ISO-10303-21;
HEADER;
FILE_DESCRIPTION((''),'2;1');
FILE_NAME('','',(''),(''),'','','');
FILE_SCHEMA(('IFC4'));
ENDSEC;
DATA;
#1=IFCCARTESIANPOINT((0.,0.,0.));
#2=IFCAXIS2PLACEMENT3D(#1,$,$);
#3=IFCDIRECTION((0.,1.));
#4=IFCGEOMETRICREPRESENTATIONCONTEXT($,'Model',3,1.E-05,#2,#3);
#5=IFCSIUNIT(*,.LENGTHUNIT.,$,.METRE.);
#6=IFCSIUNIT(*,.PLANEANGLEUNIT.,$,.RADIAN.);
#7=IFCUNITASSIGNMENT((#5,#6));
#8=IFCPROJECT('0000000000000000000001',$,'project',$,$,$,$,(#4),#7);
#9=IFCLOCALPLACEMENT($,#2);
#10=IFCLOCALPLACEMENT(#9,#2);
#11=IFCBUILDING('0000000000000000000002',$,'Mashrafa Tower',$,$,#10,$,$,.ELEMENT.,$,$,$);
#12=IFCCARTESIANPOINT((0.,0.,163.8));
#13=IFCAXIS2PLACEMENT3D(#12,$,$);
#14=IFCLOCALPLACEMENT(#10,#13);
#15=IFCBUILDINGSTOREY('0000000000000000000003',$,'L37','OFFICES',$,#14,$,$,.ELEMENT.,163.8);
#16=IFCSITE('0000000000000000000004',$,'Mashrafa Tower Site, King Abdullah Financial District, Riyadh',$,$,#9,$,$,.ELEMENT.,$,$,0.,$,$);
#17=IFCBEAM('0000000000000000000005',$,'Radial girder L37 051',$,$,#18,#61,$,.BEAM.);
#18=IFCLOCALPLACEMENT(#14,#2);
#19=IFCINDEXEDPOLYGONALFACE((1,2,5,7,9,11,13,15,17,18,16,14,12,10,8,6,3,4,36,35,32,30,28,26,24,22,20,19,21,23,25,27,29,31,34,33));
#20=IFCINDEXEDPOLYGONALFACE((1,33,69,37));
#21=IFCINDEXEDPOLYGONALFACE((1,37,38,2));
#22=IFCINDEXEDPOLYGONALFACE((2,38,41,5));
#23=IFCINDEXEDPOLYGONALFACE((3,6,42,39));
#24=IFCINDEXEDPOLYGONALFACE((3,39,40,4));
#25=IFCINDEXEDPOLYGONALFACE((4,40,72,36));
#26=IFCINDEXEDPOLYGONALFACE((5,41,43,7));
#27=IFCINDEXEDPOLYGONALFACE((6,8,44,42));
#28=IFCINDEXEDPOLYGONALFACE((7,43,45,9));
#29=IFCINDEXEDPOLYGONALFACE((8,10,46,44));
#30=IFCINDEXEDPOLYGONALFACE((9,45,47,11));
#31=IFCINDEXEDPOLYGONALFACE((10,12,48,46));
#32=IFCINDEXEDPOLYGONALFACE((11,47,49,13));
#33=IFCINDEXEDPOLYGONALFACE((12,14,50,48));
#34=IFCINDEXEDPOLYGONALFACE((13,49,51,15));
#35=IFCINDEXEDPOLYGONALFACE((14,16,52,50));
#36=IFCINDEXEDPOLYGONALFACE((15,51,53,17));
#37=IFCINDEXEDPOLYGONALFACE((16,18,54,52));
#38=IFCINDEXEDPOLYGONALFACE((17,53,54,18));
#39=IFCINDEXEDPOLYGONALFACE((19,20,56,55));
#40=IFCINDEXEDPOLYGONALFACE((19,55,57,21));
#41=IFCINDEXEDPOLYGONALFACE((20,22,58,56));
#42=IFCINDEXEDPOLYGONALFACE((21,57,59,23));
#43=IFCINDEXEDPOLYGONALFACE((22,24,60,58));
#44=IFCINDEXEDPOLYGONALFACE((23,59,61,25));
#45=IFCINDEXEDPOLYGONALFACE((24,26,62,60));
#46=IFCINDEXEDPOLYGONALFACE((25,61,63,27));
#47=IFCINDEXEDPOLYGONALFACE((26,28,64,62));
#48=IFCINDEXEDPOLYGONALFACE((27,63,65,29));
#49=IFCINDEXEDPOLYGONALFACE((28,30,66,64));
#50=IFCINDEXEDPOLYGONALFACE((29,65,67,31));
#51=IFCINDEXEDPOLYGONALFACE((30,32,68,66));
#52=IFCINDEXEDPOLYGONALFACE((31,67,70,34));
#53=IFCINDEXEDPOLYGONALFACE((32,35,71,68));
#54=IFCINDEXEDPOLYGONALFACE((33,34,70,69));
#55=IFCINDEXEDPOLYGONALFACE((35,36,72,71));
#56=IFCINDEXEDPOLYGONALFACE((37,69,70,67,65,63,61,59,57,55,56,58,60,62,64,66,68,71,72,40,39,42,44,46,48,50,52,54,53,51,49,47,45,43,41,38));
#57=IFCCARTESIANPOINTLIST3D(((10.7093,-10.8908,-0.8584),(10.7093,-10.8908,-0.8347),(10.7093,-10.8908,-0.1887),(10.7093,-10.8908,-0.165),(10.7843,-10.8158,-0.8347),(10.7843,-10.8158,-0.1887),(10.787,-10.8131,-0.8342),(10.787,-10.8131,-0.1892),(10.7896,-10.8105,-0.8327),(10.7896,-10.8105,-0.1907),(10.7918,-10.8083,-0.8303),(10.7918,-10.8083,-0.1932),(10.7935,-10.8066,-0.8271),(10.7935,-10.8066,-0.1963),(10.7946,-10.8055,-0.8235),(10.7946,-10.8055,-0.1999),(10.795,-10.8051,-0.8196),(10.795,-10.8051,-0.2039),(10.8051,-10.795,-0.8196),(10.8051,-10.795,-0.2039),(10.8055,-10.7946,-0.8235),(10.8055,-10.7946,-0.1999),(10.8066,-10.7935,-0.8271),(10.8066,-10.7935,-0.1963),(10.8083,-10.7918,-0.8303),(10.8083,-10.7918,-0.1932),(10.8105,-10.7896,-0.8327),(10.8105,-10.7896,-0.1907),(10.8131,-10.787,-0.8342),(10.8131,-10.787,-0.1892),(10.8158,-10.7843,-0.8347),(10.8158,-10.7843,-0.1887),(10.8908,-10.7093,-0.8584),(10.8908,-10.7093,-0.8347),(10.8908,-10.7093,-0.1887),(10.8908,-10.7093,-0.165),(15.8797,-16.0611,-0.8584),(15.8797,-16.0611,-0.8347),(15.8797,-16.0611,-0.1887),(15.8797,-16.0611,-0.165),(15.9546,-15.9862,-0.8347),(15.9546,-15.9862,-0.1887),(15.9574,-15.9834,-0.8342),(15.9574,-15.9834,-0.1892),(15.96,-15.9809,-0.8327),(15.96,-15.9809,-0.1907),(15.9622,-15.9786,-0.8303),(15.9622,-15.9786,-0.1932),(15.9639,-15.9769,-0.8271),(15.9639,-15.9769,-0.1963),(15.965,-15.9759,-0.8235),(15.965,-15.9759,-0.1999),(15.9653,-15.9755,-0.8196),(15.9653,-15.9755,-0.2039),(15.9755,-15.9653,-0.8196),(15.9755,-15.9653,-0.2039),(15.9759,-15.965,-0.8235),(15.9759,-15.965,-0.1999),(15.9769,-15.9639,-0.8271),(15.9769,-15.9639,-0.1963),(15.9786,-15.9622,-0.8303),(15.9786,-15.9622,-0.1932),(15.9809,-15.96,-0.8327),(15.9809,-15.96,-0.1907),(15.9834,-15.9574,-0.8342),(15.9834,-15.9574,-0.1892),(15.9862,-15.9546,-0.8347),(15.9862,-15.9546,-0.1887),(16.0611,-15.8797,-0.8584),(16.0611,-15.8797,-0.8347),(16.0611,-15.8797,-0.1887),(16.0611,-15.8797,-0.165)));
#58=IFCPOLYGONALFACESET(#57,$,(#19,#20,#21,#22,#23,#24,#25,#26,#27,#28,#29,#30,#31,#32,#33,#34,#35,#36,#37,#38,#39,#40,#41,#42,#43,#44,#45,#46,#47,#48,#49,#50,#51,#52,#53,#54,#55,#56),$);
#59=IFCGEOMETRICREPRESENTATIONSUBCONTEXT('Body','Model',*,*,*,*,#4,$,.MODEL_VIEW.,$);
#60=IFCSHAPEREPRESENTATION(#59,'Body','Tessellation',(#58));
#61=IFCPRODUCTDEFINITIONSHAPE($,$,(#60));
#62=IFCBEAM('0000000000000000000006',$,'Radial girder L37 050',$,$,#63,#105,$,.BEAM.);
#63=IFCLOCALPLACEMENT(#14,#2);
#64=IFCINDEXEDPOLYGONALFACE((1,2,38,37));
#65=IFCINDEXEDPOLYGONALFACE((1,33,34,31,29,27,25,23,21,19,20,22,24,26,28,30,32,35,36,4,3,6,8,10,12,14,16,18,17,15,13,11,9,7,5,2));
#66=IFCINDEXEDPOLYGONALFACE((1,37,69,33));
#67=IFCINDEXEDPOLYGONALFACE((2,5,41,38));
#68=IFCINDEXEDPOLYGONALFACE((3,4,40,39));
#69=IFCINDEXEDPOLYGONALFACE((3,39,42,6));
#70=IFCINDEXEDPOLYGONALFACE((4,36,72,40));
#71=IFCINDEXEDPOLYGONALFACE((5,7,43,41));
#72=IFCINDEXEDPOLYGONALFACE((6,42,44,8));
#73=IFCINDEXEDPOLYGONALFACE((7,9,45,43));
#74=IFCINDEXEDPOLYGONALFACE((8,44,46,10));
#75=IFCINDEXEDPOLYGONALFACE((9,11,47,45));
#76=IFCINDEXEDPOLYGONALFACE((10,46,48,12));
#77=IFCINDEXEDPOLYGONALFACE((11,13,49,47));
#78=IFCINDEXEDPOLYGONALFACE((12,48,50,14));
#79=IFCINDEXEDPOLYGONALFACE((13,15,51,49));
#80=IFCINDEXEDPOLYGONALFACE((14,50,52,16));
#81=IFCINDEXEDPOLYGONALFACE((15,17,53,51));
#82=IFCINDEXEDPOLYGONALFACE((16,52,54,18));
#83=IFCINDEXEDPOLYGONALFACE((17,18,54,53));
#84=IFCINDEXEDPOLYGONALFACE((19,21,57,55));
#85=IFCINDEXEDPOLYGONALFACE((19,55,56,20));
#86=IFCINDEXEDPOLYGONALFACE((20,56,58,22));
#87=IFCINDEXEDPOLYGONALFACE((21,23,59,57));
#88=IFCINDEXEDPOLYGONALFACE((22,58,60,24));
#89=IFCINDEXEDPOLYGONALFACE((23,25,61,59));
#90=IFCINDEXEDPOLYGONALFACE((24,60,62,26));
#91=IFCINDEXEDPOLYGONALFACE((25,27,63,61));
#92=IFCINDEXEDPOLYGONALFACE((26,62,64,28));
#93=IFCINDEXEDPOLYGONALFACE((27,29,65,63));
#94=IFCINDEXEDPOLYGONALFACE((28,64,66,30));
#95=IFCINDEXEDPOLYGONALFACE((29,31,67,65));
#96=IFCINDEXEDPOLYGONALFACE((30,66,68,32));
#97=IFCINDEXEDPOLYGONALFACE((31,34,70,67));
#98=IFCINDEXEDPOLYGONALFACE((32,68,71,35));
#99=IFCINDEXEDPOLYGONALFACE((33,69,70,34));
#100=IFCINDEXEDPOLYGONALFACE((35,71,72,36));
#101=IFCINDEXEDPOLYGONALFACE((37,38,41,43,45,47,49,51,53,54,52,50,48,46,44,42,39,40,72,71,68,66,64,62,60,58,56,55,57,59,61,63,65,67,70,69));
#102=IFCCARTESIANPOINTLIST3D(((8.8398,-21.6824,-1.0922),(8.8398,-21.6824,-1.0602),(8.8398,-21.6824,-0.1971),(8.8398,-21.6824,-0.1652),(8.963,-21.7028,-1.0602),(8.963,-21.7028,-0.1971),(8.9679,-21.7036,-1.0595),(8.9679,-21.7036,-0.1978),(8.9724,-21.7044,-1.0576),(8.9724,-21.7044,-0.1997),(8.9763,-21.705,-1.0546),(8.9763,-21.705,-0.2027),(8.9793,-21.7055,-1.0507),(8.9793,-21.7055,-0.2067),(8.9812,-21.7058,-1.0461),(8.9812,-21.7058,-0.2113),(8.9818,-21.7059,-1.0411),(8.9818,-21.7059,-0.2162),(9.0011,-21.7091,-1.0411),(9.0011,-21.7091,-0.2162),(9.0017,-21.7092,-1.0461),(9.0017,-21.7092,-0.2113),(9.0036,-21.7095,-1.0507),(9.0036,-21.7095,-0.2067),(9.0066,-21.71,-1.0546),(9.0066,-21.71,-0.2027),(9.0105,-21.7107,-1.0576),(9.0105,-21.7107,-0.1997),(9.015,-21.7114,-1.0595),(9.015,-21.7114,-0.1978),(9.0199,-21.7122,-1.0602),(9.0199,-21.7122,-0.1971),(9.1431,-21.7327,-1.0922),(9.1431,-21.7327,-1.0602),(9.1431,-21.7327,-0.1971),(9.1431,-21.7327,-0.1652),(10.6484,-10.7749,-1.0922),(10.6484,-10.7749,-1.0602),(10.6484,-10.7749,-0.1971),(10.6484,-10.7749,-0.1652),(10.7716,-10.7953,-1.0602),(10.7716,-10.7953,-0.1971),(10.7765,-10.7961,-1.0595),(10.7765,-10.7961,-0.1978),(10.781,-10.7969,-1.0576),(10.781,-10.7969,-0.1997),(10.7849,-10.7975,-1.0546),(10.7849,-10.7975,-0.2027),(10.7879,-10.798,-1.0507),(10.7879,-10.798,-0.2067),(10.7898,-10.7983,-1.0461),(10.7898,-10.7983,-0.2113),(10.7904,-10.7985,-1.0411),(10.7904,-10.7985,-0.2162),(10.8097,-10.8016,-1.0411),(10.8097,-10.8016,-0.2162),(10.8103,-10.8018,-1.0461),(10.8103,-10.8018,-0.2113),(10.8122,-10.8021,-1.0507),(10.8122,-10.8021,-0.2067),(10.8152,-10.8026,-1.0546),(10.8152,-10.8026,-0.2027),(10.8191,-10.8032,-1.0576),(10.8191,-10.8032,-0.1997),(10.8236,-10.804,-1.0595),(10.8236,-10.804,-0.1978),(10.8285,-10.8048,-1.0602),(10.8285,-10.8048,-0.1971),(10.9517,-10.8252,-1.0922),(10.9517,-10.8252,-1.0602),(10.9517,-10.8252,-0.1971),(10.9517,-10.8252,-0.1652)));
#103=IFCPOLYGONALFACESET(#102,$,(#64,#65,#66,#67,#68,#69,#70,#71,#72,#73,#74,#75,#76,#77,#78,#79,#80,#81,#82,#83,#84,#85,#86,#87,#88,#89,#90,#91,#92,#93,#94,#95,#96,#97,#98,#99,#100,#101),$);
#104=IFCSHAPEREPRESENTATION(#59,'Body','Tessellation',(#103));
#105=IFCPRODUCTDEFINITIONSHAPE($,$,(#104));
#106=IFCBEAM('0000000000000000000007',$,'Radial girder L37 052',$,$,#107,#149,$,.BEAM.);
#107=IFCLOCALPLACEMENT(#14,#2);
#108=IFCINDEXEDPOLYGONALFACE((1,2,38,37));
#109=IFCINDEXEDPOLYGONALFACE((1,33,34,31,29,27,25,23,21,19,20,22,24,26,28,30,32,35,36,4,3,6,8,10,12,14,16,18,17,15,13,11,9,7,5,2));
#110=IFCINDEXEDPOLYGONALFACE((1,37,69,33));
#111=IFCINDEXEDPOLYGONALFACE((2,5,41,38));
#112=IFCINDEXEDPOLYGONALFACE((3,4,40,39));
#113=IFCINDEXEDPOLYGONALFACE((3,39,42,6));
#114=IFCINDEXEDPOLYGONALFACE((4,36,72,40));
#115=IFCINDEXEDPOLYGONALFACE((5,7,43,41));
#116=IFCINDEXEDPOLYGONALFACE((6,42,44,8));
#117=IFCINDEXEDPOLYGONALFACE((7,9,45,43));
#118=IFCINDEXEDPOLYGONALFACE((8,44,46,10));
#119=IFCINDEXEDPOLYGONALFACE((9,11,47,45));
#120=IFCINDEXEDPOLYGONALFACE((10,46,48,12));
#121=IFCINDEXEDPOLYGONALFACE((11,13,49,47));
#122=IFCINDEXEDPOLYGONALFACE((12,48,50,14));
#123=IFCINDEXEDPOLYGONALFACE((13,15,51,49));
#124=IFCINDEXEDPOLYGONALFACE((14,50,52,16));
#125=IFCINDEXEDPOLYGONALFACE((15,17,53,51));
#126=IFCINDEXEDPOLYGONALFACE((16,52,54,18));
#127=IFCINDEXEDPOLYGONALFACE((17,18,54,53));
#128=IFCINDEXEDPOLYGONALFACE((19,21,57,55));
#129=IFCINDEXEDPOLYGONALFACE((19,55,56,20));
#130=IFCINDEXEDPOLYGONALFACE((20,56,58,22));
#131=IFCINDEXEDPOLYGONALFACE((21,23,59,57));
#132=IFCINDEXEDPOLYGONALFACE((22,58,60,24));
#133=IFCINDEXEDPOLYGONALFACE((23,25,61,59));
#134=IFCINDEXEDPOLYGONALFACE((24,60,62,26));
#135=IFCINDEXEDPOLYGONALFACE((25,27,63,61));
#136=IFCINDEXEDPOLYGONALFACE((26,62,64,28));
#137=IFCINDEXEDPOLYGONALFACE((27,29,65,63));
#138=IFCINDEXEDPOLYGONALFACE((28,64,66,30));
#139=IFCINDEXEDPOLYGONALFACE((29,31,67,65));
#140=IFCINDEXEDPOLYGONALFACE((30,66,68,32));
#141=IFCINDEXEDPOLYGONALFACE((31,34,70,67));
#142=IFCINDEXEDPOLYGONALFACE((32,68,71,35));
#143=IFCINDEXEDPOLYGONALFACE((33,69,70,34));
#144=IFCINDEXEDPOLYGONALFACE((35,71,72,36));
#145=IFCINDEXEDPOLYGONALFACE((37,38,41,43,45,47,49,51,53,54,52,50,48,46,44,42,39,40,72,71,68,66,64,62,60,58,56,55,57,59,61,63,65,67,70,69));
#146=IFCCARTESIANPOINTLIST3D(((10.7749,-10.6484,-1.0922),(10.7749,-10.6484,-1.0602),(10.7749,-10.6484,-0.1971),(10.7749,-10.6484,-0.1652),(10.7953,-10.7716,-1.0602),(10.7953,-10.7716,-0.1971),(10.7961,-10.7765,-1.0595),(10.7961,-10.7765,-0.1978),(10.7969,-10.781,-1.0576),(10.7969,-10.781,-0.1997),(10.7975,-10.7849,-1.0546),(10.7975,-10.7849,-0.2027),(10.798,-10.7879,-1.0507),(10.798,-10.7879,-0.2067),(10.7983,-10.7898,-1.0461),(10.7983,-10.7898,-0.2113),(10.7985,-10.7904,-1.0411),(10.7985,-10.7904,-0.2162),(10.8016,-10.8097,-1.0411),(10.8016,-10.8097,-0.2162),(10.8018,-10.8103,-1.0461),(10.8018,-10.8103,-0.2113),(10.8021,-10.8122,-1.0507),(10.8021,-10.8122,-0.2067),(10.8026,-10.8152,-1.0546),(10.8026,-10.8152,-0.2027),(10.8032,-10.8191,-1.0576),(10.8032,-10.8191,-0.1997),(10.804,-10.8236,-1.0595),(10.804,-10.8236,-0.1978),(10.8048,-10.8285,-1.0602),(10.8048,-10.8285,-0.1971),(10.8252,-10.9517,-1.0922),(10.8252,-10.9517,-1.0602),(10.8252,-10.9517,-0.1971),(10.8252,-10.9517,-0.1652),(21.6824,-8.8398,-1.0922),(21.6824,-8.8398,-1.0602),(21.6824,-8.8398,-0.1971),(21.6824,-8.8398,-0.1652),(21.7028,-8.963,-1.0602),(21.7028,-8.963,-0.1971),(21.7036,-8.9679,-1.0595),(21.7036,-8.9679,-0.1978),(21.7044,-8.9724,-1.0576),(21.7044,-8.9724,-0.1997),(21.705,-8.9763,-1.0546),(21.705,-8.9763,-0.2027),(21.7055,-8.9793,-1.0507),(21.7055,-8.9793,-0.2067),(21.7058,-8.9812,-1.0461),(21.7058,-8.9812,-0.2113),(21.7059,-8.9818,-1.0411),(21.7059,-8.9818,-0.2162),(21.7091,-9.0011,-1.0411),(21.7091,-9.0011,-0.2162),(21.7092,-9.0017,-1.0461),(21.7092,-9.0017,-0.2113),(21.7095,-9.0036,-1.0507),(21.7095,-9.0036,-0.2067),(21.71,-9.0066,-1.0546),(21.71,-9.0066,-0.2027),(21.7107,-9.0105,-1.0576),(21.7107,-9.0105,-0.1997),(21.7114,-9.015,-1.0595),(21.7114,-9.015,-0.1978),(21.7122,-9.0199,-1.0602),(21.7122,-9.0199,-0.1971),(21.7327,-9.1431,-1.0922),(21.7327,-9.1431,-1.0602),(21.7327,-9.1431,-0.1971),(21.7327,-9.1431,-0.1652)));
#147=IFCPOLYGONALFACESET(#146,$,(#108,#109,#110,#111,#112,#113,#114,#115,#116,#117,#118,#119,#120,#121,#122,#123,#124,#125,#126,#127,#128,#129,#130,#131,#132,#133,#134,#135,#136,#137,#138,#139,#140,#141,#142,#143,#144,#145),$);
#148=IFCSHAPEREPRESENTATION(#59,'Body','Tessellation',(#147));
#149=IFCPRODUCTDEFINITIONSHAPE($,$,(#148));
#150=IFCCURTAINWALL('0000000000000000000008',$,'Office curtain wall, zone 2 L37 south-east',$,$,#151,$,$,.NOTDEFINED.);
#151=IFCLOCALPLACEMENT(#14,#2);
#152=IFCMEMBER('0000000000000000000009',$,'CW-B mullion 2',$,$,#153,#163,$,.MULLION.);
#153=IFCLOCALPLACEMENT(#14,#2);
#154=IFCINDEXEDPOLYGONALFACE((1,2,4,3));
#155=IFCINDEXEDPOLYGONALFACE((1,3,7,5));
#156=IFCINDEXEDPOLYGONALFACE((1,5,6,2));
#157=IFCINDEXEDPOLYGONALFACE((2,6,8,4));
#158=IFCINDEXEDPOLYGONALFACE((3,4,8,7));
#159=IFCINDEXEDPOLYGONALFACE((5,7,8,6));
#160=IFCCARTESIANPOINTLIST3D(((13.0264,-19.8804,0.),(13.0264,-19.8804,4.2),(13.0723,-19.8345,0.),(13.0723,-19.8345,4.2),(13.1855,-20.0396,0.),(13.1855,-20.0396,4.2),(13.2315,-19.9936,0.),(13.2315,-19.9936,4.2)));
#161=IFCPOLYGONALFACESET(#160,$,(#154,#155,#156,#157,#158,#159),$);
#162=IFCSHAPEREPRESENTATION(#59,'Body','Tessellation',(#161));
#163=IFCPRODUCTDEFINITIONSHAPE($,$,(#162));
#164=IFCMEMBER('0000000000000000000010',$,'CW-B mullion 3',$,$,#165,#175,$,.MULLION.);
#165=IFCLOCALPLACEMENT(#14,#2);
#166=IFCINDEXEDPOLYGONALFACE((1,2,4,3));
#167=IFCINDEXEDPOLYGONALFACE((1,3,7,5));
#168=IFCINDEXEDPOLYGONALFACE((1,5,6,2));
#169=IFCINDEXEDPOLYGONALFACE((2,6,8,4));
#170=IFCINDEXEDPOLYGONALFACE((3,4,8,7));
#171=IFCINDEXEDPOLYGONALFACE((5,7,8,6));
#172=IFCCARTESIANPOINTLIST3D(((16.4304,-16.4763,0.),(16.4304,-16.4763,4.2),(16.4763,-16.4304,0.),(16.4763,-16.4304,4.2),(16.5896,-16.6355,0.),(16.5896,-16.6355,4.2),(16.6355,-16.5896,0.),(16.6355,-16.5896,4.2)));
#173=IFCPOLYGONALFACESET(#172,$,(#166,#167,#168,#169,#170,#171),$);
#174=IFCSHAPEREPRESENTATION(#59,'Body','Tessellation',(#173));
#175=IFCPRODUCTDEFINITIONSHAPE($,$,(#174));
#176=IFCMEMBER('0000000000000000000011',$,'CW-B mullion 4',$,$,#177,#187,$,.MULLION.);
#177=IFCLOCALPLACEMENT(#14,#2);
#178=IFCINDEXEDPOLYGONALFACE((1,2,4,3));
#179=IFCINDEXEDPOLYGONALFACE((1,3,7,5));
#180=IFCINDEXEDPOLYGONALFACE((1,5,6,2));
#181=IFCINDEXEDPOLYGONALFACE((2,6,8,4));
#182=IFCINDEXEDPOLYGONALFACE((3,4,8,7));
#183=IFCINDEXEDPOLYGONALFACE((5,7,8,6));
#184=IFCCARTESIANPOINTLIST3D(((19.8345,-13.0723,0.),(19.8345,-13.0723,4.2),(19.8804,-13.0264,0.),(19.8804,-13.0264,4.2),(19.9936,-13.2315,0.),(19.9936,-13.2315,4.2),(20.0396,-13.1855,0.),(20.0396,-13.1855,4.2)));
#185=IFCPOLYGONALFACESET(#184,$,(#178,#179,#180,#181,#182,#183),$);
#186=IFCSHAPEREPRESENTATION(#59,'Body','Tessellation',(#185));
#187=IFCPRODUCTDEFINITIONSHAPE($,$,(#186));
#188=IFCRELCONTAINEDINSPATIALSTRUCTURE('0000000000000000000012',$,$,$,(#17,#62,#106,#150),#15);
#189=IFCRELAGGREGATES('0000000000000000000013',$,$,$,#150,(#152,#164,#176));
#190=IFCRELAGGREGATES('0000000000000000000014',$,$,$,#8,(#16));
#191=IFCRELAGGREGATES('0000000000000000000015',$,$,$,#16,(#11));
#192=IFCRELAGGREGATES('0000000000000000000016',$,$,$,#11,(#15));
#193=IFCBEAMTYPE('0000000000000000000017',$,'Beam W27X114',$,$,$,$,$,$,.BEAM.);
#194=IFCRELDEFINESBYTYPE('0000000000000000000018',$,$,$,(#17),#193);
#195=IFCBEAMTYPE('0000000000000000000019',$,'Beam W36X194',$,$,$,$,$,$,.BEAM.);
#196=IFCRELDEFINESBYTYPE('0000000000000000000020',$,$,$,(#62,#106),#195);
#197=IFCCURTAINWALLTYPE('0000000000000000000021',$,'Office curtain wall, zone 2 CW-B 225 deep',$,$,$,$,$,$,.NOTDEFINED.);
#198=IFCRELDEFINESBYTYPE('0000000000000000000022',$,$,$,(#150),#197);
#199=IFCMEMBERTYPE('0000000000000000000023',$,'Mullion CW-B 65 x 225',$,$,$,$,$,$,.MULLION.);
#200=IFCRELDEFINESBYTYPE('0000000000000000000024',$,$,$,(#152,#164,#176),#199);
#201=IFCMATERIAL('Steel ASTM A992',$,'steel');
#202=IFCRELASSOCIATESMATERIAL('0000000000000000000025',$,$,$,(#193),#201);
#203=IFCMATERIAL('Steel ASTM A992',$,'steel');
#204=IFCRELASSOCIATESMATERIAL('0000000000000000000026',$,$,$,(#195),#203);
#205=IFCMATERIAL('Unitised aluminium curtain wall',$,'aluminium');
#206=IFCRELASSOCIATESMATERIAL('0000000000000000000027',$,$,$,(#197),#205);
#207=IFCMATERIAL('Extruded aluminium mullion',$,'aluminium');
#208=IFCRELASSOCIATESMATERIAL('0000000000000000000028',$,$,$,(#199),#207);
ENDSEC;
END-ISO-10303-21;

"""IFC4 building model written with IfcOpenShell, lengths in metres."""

from ifc_helpers import new_model, si_unit, direction, frame, origin, origin_2d, place, context, subcontext, project, spatial, rectangle, i_section, extrude, source, transform, mapped, material, material_profile, profile_set, type_object, type_shapes, element, aggregate, save


model = new_model("IFC4")

# Units and contexts
model_context = context("Model", 3, precision=1e-05, world=origin(), true_north=direction((0.0, 1.0)))
body_context = subcontext(model_context, "Body", "Model", "MODEL_VIEW")
ifc_project = project(units=[si_unit("LENGTHUNIT", "METRE"), si_unit("PLANEANGLEUNIT", "RADIAN")], contexts=[model_context])

# Site, building, storey
site_placement = place(None, origin())
site = spatial("IfcSite", under=ifc_project, at=site_placement, Name="Mashrafa Tower Site, King Abdullah Financial District, Riyadh", CompositionType="ELEMENT", RefElevation=0.0)
building_placement = place(site_placement, origin())
building = spatial("IfcBuilding", under=site, at=building_placement, Name="Mashrafa Tower", CompositionType="ELEMENT")
storey_placement = place(building_placement, frame((0.0, 0.0, 163.8)))
storey = spatial("IfcBuildingStorey", under=building, at=storey_placement, Name="L37", Description="OFFICES", CompositionType="ELEMENT", Elevation=163.8)

# Beams
ifc_material_1 = material(Name="Steel ASTM A992", Category="steel")
ifc_material_profile_1 = material_profile(ifc_material_1, i_section(OverallWidth=0.2566, OverallDepth=0.6934, WebThickness=0.0144, FlangeThickness=0.0237, FilletRadius=0.0151, at=origin_2d()), Name="W27X114")
ifc_profile_set_1 = profile_set([ifc_material_profile_1], Name="Steel ASTM A992")
beam_type_1 = type_object("IfcBeamType", Name="Beam W27X114", PredefinedType="BEAM", material=ifc_profile_set_1)
beam_1_placement = place(storey_placement, frame((10.8, -10.8, -0.5117), z_axis=(0.707107, -0.707107, 0.0), x_axis=(0.707107, 0.707107, 0.0)))
element("IfcBeam", 1, at=beam_1_placement, inside=storey, type_object=beam_type_1, Name="Radial girder L37 051", PredefinedType="BEAM", context=body_context, shape_type="SweptSolid", body=[
    extrude(i_section(OverallWidth=0.2566, OverallDepth=0.6934, WebThickness=0.0144, FlangeThickness=0.0237, FilletRadius=0.0151, at=origin_2d()), origin(), (0.0, 0.0, 1.0), 7.312),
])
ifc_material_2 = material(Name="Steel ASTM A992", Category="steel")
ifc_material_profile_2 = material_profile(ifc_material_2, i_section(OverallWidth=0.3074, OverallDepth=0.927, WebThickness=0.0195, FlangeThickness=0.032, FilletRadius=0.019, at=origin_2d()), Name="W36X194")
ifc_profile_set_2 = profile_set([ifc_material_profile_2], Name="Steel ASTM A992")
beam_type_2 = type_object("IfcBeamType", Name="Beam W36X194", PredefinedType="BEAM", material=ifc_profile_set_2)
for number, where, z_axis, x_axis, name in (
    (2, (10.8, -10.8, -0.6287), (-0.163579, -0.98653, 0.0), (0.98653, -0.163579, 0.0), "Radial girder L37 050"),
    (3, (10.8, -10.8, -0.6287), (0.98653, 0.163579, 0.0), (-0.163579, 0.98653, 0.0), "Radial girder L37 052"),
):
    element("IfcBeam", number, at=place(storey_placement, frame(where, z_axis=z_axis, x_axis=x_axis)), inside=storey, type_object=beam_type_2, Name=name, PredefinedType="BEAM", context=body_context, shape_type="SweptSolid", body=[
        extrude(i_section(OverallWidth=0.3074, OverallDepth=0.927, WebThickness=0.0195, FlangeThickness=0.032, FilletRadius=0.019, at=origin_2d()), origin(), (0.0, 0.0, 1.0), 11.0564),
    ])

# Curtain wall, members
ifc_material_3 = material(Name="Unitised aluminium curtain wall", Category="aluminium")
curtain_wall_type = type_object("IfcCurtainWallType", Name="Office curtain wall, zone 2 CW-B 225 deep", PredefinedType="NOTDEFINED", material=ifc_material_3)
curtain_wall_placement = place(storey_placement, origin())
curtain_wall = element("IfcCurtainWall", 4, at=curtain_wall_placement, inside=storey, type_object=curtain_wall_type, Name="Office curtain wall, zone 2 L37 south-east", PredefinedType="NOTDEFINED")
ifc_material_4 = material(Name="Extruded aluminium mullion", Category="aluminium")
ifc_material_profile_3 = material_profile(ifc_material_4, rectangle(XDim=0.2251, YDim=0.0649, at=origin_2d()), Name="Mullion 65x225")
ifc_profile_set_3 = profile_set([ifc_material_profile_3], Name="Extruded aluminium mullion")
member_type_1 = type_object("IfcMemberType", Name="Mullion CW-B 65 x 225", PredefinedType="MULLION", material=ifc_profile_set_3)
shared_shape_1 = source(origin(), body_context, "Body", "SweptSolid", [
    extrude(rectangle(XDim=0.2251, YDim=0.0649, at=origin_2d()), origin(), (0.0, 0.0, 1.0), 4.2),
])
type_shapes(member_type_1, [shared_shape_1])
member_1_placement = place(storey_placement, frame((13.1289, -19.937, 0.0), z_axis=(0.0, 0.0, 1.0), x_axis=(-0.707107, 0.707107, 0.0)))
member_1 = element("IfcMember", 5, at=member_1_placement, type_object=member_type_1, Name="CW-B mullion 2", PredefinedType="MULLION", context=body_context, shape_type="MappedRepresentation", body=[
    mapped(shared_shape_1, transform((0.0, 0.0, 0.0))),
])
member_2_placement = place(storey_placement, frame((16.533, -16.533, 0.0), z_axis=(0.0, 0.0, 1.0), x_axis=(-0.707107, 0.707107, 0.0)))
member_2 = element("IfcMember", 6, at=member_2_placement, type_object=member_type_1, Name="CW-B mullion 3", PredefinedType="MULLION", context=body_context, shape_type="MappedRepresentation", body=[
    mapped(shared_shape_1, transform((0.0, 0.0, 0.0))),
])
member_3_placement = place(storey_placement, frame((19.937, -13.1289, 0.0), z_axis=(0.0, 0.0, 1.0), x_axis=(-0.707107, 0.707107, 0.0)))
member_3 = element("IfcMember", 7, at=member_3_placement, type_object=member_type_1, Name="CW-B mullion 4", PredefinedType="MULLION", context=body_context, shape_type="MappedRepresentation", body=[
    mapped(shared_shape_1, transform((0.0, 0.0, 0.0))),
])
aggregate(curtain_wall, [member_1, member_2, member_3])

save(model, "model.ifc")
